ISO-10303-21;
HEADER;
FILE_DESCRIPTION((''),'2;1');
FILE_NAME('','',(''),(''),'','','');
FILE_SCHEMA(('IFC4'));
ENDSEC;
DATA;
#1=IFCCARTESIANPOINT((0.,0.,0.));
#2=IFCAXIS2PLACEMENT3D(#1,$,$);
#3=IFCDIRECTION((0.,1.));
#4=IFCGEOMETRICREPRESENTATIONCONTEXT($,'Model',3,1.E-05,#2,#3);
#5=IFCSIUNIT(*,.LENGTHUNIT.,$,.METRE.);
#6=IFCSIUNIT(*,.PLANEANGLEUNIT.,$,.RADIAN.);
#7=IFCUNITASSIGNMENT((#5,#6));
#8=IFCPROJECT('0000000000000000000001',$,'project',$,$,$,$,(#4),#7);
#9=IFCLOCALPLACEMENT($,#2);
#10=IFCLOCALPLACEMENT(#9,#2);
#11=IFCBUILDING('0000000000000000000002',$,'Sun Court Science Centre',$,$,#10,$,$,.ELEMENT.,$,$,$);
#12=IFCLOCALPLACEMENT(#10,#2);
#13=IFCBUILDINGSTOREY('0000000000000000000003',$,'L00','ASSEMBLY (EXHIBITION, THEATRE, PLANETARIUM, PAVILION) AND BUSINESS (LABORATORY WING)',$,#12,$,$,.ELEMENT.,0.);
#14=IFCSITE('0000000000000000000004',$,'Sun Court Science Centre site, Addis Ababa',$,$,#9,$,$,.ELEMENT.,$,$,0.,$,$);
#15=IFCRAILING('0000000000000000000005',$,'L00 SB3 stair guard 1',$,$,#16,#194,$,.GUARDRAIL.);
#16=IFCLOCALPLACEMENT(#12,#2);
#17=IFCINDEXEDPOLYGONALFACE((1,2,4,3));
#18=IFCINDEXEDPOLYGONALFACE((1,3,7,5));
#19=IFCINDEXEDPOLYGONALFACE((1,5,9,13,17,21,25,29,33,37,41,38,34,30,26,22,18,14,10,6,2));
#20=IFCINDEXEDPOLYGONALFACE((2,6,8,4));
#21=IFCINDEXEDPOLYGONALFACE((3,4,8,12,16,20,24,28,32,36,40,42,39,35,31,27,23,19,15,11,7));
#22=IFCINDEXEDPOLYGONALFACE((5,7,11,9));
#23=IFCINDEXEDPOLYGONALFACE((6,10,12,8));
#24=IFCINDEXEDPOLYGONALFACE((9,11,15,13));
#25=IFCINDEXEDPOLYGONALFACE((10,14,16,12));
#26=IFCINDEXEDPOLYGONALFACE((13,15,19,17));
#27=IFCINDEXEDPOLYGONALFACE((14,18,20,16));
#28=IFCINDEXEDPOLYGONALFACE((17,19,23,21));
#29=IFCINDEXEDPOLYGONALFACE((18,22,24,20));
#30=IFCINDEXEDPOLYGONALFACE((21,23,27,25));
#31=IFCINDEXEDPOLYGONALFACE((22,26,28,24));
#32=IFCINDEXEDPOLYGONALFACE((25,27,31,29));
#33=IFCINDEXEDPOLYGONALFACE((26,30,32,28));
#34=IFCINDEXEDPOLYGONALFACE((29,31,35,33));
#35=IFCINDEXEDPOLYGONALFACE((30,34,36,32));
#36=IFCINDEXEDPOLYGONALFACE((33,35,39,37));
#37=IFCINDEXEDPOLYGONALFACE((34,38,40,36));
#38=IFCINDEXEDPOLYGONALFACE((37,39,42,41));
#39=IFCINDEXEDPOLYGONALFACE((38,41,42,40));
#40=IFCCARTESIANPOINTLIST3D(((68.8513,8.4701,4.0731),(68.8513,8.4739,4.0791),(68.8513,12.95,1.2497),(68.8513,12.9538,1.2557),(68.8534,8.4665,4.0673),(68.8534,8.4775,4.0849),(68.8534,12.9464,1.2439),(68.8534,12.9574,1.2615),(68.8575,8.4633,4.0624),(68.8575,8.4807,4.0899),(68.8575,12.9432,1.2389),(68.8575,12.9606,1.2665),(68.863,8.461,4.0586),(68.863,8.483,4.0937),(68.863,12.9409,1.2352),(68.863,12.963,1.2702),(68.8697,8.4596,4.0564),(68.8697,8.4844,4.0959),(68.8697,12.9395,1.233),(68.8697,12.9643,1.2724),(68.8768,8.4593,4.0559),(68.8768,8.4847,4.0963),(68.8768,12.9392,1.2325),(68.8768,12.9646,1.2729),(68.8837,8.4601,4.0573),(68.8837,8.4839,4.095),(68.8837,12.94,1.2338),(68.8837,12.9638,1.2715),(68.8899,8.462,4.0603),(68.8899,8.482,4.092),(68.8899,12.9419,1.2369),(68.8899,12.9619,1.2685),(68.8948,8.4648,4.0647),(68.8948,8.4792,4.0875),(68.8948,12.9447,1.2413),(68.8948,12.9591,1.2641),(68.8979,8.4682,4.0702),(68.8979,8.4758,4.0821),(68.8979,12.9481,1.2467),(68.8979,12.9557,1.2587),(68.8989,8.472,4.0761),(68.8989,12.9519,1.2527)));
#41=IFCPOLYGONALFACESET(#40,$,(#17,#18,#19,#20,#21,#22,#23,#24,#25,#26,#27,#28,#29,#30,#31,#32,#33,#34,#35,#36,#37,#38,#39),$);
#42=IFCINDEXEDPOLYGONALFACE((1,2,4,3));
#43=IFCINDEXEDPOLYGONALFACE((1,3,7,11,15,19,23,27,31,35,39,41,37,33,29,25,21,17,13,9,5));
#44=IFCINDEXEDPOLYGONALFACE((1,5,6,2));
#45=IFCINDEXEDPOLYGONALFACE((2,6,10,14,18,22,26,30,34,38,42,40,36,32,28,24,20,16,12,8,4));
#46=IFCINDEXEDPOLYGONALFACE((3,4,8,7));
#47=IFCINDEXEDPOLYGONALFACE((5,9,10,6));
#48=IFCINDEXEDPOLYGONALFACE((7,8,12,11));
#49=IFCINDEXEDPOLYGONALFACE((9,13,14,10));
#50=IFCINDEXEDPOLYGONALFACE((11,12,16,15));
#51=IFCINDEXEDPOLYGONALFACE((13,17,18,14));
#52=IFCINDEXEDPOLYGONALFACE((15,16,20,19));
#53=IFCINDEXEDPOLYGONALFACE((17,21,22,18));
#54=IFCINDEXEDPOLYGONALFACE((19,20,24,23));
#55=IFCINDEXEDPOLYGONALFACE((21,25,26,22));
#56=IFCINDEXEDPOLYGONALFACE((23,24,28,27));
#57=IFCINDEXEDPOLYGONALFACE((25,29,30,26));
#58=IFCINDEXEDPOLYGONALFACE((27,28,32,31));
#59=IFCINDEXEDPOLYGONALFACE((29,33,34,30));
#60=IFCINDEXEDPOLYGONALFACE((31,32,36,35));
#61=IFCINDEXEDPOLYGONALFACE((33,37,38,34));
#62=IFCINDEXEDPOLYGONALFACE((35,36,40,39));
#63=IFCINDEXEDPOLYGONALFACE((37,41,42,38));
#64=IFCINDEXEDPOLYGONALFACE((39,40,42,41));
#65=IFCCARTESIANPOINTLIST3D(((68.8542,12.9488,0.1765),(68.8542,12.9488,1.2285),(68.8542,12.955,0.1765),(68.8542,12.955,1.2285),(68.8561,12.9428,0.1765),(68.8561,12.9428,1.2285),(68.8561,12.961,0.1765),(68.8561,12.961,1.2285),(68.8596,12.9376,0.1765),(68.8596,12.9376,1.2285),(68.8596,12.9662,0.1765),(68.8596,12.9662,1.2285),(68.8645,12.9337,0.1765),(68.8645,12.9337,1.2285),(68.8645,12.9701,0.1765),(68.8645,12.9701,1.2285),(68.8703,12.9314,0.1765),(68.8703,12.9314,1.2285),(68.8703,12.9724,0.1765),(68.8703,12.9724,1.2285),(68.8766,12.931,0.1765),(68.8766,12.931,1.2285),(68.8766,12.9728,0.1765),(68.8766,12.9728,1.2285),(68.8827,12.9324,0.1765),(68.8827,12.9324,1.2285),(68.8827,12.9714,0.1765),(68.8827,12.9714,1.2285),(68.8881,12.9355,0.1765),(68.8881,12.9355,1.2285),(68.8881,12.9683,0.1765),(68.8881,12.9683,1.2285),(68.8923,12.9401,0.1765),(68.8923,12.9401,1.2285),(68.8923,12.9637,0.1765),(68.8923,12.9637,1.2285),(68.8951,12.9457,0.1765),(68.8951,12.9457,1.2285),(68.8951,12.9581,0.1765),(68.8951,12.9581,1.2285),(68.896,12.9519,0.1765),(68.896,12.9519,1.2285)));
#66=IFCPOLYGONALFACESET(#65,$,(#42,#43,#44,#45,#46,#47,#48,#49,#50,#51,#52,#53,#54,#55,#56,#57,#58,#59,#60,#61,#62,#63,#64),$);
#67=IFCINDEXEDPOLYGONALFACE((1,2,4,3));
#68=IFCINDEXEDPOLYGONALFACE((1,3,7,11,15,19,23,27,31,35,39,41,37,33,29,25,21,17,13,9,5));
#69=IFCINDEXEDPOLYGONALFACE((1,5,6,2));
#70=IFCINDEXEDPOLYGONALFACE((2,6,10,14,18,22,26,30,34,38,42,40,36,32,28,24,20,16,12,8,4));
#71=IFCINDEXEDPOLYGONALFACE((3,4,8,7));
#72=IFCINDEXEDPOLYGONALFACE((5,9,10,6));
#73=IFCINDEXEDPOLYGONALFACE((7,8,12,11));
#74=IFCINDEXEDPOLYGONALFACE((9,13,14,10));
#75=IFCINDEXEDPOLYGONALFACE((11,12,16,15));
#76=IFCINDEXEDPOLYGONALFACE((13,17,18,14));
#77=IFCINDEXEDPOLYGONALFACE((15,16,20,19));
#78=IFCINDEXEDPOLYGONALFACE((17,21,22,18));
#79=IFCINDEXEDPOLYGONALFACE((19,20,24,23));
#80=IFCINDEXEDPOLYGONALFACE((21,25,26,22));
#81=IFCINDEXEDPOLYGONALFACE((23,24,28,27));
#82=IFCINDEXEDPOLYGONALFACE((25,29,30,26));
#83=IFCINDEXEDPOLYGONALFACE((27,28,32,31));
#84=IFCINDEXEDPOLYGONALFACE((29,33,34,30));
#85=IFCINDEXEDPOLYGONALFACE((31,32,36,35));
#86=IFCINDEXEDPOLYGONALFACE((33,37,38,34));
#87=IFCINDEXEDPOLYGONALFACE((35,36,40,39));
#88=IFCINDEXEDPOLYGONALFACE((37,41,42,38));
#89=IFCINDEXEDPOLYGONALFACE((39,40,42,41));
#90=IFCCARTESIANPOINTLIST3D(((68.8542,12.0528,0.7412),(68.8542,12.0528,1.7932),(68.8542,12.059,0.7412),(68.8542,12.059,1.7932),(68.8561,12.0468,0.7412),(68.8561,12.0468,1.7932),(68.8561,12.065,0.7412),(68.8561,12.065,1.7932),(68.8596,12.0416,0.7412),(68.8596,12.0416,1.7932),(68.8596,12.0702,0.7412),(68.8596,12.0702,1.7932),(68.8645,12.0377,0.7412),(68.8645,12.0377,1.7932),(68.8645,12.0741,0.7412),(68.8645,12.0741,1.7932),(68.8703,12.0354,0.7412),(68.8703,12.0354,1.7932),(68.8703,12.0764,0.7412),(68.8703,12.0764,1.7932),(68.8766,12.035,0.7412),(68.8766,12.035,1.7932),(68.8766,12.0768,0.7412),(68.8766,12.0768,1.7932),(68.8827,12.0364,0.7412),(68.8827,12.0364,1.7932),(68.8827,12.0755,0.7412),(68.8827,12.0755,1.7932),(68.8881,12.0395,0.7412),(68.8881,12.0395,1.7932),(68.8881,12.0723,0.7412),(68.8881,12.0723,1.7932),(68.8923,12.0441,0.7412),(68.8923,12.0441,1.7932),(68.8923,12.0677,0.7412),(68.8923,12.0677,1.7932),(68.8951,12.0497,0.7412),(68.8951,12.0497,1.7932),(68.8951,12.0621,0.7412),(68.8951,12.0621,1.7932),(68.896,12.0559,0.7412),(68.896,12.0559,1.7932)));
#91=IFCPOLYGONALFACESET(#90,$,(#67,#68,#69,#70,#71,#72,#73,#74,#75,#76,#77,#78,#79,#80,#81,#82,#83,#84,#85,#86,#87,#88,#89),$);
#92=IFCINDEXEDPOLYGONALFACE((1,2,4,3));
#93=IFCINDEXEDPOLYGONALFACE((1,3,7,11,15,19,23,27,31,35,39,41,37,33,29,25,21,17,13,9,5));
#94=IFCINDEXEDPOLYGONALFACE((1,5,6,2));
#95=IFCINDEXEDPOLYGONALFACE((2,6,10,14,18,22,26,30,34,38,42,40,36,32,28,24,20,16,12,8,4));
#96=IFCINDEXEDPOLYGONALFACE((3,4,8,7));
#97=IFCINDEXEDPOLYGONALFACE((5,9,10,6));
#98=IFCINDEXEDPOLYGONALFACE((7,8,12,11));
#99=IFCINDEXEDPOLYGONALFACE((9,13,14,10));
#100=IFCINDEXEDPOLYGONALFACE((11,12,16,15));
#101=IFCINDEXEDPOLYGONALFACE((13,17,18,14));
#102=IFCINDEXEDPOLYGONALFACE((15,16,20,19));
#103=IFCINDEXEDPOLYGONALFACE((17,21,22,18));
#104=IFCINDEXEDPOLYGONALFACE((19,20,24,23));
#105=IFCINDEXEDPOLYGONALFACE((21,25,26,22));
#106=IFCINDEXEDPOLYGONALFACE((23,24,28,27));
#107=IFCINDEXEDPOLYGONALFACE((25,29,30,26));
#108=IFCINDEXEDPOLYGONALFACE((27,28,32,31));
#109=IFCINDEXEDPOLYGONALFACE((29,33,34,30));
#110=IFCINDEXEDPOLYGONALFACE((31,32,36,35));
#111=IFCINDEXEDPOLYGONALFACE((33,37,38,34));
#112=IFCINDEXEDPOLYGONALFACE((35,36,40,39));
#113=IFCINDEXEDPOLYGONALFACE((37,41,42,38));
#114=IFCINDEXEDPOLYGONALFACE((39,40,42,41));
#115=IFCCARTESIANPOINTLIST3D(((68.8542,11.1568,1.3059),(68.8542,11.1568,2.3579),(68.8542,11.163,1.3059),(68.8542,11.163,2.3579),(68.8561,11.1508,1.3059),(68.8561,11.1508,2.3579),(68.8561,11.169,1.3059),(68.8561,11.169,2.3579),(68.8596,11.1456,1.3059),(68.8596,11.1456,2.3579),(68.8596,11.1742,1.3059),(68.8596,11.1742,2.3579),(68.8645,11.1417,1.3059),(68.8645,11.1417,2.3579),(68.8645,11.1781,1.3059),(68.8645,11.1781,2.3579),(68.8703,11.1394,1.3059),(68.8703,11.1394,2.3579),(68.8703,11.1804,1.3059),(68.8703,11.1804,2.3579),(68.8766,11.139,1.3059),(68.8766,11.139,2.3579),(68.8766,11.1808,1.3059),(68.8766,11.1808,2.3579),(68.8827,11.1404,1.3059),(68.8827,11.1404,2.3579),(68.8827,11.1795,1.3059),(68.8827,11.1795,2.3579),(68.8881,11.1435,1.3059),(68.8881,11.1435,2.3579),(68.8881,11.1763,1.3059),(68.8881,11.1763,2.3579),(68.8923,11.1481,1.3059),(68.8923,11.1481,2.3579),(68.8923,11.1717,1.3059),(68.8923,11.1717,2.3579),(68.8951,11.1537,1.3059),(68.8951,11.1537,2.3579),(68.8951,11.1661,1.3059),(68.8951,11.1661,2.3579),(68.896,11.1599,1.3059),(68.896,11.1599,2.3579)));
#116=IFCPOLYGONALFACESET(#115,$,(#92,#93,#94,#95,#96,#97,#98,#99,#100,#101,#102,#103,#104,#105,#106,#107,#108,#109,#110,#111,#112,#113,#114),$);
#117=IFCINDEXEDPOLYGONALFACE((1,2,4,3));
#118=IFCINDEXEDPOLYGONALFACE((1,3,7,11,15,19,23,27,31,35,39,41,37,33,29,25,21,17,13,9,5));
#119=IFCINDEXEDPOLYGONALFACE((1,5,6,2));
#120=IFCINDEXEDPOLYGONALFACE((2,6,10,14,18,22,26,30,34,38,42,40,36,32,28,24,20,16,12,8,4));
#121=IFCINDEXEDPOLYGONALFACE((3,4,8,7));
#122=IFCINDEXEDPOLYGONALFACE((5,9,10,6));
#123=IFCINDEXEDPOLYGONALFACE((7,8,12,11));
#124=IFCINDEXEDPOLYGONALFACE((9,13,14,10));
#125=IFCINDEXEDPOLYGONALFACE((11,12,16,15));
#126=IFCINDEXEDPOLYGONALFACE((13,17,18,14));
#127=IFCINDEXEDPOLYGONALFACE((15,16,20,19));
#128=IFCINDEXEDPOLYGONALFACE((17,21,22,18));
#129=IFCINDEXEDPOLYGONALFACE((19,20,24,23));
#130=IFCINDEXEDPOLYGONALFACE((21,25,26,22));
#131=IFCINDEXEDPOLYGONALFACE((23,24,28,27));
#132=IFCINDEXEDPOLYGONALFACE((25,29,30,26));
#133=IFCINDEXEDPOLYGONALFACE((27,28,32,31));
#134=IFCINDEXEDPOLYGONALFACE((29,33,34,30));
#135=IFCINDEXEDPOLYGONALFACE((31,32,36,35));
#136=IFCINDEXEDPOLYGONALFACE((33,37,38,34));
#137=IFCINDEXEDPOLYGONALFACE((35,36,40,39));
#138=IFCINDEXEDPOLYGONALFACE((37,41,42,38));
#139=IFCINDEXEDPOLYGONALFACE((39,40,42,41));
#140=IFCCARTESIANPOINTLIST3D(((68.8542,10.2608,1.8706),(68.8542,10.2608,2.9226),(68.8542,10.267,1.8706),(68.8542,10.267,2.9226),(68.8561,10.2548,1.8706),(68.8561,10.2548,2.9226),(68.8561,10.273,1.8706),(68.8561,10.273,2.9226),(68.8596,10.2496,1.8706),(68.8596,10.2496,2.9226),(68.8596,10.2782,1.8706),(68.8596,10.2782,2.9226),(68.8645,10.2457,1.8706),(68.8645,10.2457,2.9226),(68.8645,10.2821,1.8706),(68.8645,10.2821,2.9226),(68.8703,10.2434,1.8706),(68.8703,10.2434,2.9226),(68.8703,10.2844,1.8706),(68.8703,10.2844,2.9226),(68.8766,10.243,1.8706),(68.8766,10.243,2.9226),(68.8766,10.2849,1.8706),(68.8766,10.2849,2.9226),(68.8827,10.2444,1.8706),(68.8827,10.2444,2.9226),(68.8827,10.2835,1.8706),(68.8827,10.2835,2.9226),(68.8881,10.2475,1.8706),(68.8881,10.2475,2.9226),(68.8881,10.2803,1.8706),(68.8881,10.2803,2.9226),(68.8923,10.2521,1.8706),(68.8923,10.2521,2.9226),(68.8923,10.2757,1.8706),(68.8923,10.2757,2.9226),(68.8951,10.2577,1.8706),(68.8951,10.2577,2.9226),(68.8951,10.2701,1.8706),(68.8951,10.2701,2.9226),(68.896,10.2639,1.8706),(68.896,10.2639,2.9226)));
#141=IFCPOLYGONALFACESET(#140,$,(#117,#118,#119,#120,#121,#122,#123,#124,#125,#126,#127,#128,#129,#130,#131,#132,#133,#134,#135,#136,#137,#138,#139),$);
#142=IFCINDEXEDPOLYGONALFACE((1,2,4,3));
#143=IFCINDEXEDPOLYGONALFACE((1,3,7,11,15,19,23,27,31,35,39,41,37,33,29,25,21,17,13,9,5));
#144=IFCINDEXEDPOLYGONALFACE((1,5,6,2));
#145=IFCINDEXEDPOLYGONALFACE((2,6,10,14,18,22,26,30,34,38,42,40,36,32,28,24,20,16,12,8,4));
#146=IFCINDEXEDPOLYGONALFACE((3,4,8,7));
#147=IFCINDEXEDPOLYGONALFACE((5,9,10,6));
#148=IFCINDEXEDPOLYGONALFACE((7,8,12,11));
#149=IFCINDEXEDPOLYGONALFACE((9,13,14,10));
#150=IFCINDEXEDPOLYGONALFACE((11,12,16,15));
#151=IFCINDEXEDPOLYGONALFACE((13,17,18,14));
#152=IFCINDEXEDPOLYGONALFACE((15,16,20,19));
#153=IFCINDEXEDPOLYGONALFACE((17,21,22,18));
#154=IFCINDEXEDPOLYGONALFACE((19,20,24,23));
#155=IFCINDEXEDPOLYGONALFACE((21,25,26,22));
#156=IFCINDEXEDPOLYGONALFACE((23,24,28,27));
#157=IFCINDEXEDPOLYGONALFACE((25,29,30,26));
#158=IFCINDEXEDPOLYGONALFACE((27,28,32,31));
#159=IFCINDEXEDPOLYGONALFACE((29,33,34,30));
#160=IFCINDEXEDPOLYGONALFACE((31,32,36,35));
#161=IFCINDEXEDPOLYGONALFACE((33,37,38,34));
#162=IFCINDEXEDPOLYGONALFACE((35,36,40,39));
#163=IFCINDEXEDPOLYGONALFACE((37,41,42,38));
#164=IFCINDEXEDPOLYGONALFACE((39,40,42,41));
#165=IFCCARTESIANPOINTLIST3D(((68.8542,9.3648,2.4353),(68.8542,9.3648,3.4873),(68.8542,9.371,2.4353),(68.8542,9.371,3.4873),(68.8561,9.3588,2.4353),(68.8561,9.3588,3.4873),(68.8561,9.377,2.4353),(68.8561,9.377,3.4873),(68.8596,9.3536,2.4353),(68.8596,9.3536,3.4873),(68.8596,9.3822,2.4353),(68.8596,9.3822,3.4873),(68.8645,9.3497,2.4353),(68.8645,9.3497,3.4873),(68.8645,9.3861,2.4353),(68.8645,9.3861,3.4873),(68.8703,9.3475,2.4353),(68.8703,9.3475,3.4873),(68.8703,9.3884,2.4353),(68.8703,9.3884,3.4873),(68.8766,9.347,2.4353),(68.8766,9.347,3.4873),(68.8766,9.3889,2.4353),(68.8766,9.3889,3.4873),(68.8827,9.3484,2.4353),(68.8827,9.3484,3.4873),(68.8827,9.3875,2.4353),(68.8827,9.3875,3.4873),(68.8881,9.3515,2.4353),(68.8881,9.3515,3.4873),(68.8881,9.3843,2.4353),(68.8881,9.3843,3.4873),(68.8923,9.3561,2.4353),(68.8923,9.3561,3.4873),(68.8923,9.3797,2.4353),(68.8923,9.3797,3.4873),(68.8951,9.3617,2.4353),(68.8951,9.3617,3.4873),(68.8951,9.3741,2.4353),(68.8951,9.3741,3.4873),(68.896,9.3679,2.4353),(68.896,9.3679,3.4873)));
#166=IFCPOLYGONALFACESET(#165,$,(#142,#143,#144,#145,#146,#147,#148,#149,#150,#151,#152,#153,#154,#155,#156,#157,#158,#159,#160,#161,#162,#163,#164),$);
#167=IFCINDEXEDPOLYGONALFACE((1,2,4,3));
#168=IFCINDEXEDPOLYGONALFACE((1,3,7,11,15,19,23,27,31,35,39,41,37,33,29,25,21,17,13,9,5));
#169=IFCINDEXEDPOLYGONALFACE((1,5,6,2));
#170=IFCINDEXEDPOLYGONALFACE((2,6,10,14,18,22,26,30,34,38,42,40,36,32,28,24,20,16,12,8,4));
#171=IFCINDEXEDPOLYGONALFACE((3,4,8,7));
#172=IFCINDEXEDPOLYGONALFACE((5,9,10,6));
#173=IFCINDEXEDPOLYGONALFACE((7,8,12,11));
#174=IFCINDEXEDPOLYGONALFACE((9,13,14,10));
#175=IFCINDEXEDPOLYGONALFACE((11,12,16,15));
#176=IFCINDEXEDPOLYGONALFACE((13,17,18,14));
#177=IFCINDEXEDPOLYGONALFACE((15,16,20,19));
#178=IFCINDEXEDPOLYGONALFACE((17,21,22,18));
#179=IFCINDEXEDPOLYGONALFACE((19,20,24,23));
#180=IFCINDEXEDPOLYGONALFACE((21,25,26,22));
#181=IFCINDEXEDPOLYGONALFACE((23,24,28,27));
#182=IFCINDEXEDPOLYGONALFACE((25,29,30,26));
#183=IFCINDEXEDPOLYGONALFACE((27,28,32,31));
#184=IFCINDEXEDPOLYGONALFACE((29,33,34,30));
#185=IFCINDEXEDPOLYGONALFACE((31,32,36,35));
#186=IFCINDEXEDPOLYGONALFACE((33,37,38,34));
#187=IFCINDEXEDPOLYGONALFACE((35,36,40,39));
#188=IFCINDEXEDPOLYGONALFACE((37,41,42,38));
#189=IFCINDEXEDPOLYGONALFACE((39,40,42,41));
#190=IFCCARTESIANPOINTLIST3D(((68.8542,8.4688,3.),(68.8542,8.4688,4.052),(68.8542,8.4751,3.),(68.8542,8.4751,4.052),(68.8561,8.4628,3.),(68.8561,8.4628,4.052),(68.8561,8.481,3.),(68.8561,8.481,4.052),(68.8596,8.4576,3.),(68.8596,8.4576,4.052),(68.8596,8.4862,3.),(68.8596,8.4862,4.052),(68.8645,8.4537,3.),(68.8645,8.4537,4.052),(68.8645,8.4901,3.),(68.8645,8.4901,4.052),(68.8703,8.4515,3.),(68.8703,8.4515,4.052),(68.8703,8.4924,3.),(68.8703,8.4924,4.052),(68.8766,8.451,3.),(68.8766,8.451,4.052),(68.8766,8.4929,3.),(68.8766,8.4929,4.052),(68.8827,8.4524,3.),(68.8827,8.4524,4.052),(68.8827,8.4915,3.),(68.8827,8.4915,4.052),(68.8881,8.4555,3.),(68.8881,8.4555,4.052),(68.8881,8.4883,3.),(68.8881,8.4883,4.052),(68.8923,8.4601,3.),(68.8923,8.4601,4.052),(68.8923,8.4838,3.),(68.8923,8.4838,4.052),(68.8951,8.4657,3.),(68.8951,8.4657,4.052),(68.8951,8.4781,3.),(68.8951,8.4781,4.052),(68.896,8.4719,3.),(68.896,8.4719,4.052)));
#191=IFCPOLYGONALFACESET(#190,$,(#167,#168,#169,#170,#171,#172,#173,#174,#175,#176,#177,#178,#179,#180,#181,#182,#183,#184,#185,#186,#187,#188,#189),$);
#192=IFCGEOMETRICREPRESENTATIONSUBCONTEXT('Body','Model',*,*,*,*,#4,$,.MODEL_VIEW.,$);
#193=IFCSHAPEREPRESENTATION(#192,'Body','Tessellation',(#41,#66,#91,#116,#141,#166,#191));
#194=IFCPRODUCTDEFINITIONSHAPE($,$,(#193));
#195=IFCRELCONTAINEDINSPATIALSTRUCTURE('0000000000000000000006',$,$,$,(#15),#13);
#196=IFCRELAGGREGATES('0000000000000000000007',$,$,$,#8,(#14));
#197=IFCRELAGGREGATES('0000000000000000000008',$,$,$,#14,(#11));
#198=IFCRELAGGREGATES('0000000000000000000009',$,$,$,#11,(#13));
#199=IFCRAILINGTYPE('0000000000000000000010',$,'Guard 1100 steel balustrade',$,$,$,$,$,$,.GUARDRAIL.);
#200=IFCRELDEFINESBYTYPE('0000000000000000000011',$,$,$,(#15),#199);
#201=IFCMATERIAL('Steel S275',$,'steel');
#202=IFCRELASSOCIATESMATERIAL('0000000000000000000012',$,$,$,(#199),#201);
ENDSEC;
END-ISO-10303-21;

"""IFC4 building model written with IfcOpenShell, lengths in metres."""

from ifc_helpers import new_model, si_unit, direction, frame, origin, origin_2d, place, context, subcontext, project, spatial, circle, extrude, material, type_object, element, save


model = new_model("IFC4")

# Units and contexts
model_context = context("Model", 3, precision=1e-05, world=origin(), true_north=direction((0.0, 1.0)))
body_context = subcontext(model_context, "Body", "Model", "MODEL_VIEW")
ifc_project = project(units=[si_unit("LENGTHUNIT", "METRE"), si_unit("PLANEANGLEUNIT", "RADIAN")], contexts=[model_context])

# Site, building, storey
site_placement = place(None, origin())
site = spatial("IfcSite", under=ifc_project, at=site_placement, Name="Sun Court Science Centre site, Addis Ababa", CompositionType="ELEMENT", RefElevation=0.0)
building_placement = place(site_placement, origin())
building = spatial("IfcBuilding", under=site, at=building_placement, Name="Sun Court Science Centre", CompositionType="ELEMENT")
storey_placement = place(building_placement, origin())
storey = spatial("IfcBuildingStorey", under=building, at=storey_placement, Name="L00", Description="ASSEMBLY (EXHIBITION, THEATRE, PLANETARIUM, PAVILION) AND BUSINESS (LABORATORY WING)", CompositionType="ELEMENT", Elevation=0.0)

# Railing
ifc_material_1 = material(Name="Steel S275", Category="steel")
railing_type_1 = type_object("IfcRailingType", Name="Guard 1100 steel balustrade", PredefinedType="GUARDRAIL", material=ifc_material_1)
railing_1_placement = place(storey_placement, frame((68.875, 12.9519, 0.1765)))
element("IfcRailing", 1, at=railing_1_placement, inside=storey, type_object=railing_type_1, Name="L00 SB3 stair guard 1", PredefinedType="GUARDRAIL", context=body_context, shape_type="SweptSolid", body=[
    extrude(circle(Radius=0.0239, at=origin_2d()), frame((0.0, 0.0, 1.0762), z_axis=(0.0, -0.845998, 0.533186), x_axis=(1.0, 0.0, 0.0)), (0.0, 0.0, 1.0), 5.2954),
    extrude(circle(Radius=0.021, at=origin_2d()), origin(), (0.0, 0.0, 1.0), 1.052),
    extrude(circle(Radius=0.021, at=origin_2d()), frame((0.0, -0.896, 0.5647)), (0.0, 0.0, 1.0), 1.052),
    extrude(circle(Radius=0.021, at=origin_2d()), frame((0.0, -1.792, 1.1294)), (0.0, 0.0, 1.0), 1.052),
    extrude(circle(Radius=0.021, at=origin_2d()), frame((0.0, -2.688, 1.6941)), (0.0, 0.0, 1.0), 1.052),
    extrude(circle(Radius=0.021, at=origin_2d()), frame((0.0, -3.584, 2.2588)), (0.0, 0.0, 1.0), 1.052),
    extrude(circle(Radius=0.021, at=origin_2d()), frame((0.0, -4.48, 2.8235)), (0.0, 0.0, 1.0), 1.052),
])

save(model, "model.ifc")
